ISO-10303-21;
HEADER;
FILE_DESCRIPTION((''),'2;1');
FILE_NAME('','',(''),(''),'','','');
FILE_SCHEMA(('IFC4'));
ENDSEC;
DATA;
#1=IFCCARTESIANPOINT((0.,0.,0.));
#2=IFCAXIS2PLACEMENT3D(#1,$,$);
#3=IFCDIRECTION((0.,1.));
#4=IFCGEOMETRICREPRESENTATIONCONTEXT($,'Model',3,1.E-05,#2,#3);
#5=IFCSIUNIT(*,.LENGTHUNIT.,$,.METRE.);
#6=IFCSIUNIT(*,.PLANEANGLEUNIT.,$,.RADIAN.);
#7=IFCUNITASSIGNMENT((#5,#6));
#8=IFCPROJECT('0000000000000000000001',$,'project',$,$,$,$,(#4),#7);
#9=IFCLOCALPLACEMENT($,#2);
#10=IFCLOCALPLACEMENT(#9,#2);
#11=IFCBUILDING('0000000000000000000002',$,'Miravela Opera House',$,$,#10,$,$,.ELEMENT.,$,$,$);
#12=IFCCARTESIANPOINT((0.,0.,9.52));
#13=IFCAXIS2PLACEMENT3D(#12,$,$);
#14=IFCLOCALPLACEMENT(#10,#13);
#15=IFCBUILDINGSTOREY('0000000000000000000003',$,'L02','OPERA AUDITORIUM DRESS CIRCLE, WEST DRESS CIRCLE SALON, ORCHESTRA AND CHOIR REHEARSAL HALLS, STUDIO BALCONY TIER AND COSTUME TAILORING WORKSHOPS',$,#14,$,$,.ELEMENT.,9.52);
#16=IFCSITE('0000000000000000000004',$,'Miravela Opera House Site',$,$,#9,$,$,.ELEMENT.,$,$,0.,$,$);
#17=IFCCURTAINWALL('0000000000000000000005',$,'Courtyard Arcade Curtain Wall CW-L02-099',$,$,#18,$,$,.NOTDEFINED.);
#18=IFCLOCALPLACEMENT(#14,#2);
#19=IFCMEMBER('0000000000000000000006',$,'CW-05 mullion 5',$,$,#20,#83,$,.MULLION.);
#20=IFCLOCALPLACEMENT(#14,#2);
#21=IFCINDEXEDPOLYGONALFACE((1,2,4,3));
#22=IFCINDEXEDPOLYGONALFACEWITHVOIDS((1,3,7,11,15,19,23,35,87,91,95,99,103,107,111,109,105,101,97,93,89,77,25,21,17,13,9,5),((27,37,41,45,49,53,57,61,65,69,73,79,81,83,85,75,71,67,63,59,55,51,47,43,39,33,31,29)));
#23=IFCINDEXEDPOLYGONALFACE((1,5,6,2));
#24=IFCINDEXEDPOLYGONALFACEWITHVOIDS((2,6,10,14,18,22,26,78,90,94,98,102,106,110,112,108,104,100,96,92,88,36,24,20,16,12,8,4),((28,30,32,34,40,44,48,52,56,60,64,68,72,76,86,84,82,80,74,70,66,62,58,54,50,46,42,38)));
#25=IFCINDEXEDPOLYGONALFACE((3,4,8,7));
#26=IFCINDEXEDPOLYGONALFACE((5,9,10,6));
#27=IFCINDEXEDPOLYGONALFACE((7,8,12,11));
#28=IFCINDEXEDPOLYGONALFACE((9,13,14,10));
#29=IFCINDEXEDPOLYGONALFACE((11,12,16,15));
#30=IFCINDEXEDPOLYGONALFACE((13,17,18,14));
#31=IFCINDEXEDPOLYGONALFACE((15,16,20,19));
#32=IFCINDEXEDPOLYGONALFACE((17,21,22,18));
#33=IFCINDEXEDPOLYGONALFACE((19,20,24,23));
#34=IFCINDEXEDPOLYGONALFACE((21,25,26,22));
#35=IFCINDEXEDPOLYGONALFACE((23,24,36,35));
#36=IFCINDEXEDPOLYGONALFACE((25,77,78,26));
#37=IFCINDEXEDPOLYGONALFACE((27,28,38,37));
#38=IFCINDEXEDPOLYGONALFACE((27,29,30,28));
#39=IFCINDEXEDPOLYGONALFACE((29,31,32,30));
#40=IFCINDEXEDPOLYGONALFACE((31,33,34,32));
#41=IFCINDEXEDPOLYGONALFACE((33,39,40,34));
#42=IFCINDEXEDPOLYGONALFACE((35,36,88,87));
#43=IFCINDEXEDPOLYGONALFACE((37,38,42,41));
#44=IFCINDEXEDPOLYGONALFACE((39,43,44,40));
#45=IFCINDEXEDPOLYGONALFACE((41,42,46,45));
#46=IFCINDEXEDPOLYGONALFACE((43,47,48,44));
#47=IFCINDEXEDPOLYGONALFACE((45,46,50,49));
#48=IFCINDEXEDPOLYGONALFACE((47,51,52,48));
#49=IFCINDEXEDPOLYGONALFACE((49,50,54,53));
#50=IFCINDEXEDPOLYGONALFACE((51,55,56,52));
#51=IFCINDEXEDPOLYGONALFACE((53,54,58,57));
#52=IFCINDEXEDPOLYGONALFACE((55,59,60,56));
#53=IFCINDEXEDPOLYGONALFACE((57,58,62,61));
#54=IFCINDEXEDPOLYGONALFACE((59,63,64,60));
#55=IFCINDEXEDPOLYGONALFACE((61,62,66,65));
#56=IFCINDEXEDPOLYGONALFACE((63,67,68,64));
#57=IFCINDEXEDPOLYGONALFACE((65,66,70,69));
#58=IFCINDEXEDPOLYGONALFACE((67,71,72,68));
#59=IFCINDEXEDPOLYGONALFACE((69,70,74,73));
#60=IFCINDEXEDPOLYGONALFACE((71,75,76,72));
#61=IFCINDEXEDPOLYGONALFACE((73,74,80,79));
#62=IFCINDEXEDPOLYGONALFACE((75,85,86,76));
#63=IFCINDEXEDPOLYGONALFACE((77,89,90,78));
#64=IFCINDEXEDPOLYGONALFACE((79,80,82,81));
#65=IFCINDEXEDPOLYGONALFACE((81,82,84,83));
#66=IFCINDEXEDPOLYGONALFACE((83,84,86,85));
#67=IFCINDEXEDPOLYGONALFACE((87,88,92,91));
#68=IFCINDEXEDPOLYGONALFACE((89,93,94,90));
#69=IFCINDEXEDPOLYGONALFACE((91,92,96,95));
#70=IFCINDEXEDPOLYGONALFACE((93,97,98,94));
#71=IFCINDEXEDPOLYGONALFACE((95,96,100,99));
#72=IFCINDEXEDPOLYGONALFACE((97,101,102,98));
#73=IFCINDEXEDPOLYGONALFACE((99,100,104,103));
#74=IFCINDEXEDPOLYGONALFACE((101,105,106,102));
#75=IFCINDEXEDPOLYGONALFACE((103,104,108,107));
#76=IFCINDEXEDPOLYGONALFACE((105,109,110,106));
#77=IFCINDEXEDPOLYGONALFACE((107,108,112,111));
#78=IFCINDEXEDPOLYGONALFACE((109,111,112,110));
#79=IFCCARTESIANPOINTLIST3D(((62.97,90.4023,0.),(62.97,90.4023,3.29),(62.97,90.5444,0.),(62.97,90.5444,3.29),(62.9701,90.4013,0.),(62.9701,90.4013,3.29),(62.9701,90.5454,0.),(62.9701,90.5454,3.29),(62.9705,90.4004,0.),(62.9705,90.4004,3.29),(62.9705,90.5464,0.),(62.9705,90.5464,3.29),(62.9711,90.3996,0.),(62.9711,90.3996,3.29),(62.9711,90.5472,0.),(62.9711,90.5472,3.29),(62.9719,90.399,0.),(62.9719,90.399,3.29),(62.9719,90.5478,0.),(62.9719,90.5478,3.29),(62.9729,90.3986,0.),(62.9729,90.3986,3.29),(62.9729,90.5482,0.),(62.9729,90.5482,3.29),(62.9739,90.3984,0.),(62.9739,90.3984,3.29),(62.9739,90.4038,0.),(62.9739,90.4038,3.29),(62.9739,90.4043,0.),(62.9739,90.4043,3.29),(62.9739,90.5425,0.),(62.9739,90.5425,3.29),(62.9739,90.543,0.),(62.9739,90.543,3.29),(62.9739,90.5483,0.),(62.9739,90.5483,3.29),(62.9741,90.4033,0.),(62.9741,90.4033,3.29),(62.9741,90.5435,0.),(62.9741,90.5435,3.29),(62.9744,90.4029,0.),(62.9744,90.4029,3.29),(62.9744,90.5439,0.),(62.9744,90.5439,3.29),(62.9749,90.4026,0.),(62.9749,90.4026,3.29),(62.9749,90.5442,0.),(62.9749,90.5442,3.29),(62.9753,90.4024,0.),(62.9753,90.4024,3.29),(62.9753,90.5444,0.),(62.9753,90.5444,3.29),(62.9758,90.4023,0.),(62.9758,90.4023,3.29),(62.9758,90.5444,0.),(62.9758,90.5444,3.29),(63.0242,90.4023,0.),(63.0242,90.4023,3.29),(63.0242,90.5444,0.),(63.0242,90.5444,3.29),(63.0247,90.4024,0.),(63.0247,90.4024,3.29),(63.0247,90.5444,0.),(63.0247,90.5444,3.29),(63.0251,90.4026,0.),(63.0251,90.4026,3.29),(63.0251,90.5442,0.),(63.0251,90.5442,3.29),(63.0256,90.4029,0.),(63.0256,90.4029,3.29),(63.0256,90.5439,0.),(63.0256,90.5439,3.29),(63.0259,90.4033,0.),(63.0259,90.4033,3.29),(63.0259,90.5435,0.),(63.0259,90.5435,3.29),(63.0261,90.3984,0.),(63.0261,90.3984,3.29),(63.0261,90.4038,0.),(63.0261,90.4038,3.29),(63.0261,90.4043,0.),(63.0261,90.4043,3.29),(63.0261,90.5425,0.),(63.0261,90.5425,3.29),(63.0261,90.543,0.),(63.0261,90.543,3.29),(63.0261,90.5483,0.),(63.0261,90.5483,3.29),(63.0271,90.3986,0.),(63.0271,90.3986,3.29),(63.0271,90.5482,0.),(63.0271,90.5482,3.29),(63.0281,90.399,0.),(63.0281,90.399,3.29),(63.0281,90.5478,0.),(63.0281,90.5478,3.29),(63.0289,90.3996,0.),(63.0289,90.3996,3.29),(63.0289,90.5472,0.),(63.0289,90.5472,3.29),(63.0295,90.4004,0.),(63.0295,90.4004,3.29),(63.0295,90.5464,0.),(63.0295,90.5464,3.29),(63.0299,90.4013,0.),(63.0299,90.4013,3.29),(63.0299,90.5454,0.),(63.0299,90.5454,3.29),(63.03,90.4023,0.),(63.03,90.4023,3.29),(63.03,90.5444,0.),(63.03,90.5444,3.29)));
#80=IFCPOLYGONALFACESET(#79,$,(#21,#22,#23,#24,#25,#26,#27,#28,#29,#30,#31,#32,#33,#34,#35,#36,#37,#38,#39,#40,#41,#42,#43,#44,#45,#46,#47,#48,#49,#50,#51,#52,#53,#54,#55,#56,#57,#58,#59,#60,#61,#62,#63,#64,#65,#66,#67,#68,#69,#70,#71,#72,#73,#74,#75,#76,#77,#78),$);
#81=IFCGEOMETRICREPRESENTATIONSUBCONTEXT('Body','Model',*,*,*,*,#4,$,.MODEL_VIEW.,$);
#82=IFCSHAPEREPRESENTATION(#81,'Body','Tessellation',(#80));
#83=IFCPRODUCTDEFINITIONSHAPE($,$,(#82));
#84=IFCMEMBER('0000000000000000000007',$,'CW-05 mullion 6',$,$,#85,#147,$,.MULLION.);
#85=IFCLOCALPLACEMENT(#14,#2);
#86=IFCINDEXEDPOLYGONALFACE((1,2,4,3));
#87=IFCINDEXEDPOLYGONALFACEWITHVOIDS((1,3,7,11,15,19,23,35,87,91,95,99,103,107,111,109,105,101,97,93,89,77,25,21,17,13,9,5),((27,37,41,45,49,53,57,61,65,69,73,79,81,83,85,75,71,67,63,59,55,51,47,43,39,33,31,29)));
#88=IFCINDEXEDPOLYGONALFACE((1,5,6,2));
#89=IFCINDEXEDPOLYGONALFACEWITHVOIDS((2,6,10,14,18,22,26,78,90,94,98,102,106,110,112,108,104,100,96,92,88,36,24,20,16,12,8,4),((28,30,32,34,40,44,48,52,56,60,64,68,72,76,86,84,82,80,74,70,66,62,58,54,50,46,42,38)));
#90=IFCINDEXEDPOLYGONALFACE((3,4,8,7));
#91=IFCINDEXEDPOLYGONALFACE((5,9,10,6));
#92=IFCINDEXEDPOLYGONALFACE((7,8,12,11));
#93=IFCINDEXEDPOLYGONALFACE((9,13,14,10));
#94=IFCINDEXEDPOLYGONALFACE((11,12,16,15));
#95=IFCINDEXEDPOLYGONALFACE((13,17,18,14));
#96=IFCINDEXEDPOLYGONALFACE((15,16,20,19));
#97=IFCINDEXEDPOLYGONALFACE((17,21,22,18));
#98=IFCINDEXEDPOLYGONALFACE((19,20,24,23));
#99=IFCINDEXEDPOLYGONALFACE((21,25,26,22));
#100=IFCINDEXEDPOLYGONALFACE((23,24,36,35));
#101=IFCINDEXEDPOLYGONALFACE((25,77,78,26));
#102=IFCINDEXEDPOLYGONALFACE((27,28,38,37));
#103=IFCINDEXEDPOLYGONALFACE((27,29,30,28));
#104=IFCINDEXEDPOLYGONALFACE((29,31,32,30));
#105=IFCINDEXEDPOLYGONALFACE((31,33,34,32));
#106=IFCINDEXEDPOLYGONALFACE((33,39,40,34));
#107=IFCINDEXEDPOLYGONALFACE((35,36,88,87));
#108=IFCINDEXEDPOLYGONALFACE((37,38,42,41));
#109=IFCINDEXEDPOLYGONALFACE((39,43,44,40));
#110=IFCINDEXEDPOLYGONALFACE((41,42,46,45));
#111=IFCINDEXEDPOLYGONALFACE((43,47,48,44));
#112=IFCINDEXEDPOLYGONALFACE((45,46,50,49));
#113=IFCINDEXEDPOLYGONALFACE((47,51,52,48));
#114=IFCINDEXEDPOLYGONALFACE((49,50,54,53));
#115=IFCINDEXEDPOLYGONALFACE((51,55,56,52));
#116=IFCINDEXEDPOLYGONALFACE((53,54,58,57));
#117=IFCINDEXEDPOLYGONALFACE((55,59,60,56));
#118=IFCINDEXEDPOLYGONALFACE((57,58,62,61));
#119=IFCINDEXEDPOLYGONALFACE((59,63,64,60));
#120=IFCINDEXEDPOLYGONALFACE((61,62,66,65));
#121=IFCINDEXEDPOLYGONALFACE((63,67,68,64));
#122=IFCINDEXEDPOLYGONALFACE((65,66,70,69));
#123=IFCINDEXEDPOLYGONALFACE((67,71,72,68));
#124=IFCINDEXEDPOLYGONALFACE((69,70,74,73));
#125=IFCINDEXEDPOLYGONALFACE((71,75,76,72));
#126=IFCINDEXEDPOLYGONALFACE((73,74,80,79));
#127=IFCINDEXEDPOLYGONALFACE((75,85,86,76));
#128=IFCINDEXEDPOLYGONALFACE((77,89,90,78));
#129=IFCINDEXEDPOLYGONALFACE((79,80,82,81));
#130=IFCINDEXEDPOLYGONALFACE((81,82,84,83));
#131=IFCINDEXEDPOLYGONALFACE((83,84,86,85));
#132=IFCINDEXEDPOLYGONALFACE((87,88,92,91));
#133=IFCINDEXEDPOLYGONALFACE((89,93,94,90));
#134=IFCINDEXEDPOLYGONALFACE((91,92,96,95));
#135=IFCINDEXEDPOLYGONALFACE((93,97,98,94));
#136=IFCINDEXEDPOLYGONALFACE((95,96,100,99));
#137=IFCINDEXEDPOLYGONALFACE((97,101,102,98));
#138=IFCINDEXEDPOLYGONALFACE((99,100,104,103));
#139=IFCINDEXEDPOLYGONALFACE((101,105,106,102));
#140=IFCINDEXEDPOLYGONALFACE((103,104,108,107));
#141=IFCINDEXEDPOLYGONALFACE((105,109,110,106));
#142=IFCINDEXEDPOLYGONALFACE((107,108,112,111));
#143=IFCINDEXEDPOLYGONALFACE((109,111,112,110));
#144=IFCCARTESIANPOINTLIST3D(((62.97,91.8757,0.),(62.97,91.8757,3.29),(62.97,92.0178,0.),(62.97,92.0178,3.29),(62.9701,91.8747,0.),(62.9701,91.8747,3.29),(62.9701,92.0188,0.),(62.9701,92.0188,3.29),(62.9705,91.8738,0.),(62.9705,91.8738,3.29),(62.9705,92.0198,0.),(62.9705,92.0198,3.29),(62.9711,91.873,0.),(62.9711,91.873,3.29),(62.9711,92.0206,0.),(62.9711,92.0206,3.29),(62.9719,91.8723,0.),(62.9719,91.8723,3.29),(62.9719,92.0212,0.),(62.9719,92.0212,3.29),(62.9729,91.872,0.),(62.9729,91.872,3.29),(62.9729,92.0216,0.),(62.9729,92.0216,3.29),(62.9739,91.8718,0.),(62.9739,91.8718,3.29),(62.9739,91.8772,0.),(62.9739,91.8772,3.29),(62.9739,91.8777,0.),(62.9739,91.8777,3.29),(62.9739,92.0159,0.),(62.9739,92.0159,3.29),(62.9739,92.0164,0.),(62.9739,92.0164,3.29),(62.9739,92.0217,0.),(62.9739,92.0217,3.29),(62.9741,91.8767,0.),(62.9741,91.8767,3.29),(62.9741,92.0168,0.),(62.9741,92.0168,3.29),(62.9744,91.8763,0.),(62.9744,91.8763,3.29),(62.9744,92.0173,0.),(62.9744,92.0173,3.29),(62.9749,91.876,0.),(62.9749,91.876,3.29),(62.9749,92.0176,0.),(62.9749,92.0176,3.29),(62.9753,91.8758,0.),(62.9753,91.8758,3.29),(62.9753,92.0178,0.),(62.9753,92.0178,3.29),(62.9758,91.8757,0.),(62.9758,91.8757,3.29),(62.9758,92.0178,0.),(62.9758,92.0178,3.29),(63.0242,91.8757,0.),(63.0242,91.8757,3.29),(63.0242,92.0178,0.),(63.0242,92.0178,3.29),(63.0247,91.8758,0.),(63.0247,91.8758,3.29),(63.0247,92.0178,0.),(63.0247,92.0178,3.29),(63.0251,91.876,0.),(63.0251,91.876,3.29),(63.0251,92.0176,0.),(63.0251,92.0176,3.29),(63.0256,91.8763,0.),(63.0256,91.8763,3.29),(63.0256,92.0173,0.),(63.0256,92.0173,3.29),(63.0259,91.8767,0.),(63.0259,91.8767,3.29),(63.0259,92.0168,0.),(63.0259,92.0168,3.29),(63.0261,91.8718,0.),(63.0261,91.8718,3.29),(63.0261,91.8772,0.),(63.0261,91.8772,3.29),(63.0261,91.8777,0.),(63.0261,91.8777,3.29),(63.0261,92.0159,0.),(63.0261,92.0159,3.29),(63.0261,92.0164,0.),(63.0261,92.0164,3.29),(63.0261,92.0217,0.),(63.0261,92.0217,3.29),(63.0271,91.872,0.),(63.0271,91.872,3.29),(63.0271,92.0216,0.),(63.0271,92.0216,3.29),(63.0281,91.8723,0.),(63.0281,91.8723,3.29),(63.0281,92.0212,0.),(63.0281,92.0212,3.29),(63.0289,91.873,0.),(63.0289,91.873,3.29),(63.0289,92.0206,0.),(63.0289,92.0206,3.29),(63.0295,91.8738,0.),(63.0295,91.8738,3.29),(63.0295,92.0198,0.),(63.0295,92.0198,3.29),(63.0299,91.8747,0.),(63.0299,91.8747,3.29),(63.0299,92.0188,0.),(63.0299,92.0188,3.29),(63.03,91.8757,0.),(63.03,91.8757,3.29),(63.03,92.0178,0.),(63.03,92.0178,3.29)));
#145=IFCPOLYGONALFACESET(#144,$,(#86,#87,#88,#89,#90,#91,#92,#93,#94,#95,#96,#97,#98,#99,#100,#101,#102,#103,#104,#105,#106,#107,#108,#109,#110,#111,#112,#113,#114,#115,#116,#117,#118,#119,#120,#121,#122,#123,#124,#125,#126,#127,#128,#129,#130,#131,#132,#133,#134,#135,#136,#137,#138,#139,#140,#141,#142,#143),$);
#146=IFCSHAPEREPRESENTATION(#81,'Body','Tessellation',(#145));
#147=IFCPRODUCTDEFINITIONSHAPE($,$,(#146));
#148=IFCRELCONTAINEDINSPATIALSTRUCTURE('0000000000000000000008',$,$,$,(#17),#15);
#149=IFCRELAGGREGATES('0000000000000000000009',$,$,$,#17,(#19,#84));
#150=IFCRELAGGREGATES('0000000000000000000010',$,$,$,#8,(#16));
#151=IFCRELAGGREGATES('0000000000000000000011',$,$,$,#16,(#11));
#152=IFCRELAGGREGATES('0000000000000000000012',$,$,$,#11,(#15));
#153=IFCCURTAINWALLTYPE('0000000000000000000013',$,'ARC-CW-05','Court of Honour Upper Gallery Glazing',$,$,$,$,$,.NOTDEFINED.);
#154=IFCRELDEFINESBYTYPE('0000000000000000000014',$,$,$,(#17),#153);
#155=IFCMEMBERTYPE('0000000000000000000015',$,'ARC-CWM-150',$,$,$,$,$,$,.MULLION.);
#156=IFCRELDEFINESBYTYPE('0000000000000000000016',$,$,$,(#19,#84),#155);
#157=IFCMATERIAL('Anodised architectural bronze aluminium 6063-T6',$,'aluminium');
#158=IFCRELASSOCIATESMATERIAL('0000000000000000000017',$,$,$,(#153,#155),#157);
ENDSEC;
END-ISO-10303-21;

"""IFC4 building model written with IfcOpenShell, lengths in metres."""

from ifc_helpers import new_model, si_unit, direction, frame, origin, origin_2d, place, context, subcontext, project, spatial, hollow_rectangle, extrude, material, material_profile, profile_set, type_object, element, aggregate, save


model = new_model("IFC4")

# Units and contexts
model_context = context("Model", 3, precision=1e-05, world=origin(), true_north=direction((0.0, 1.0)))
body_context = subcontext(model_context, "Body", "Model", "MODEL_VIEW")
ifc_project = project(units=[si_unit("LENGTHUNIT", "METRE"), si_unit("PLANEANGLEUNIT", "RADIAN")], contexts=[model_context])

# Site, building, storey
site_placement = place(None, origin())
site = spatial("IfcSite", under=ifc_project, at=site_placement, Name="Miravela Opera House Site", CompositionType="ELEMENT", RefElevation=0.0)
building_placement = place(site_placement, origin())
building = spatial("IfcBuilding", under=site, at=building_placement, Name="Miravela Opera House", CompositionType="ELEMENT")
storey_placement = place(building_placement, frame((0.0, 0.0, 9.52)))
storey = spatial("IfcBuildingStorey", under=building, at=storey_placement, Name="L02", Description="OPERA AUDITORIUM DRESS CIRCLE, WEST DRESS CIRCLE SALON, ORCHESTRA AND CHOIR REHEARSAL HALLS, STUDIO BALCONY TIER AND COSTUME TAILORING WORKSHOPS", CompositionType="ELEMENT", Elevation=9.52)

# Curtain wall, members
ifc_material_1 = material(Name="Anodised architectural bronze aluminium 6063-T6", Category="aluminium")
curtain_wall_type = type_object("IfcCurtainWallType", Name="ARC-CW-05", Description="Court of Honour Upper Gallery Glazing", PredefinedType="NOTDEFINED", material=ifc_material_1)
curtain_wall_placement = place(storey_placement, origin())
curtain_wall = element("IfcCurtainWall", 1, at=curtain_wall_placement, inside=storey, type_object=curtain_wall_type, Name="Courtyard Arcade Curtain Wall CW-L02-099", PredefinedType="NOTDEFINED")
ifc_material_profile_1 = material_profile(ifc_material_1, hollow_rectangle(XDim=0.0601, YDim=0.1499, WallThickness=0.0039, InnerFilletRadius=0.002, OuterFilletRadius=0.0039, at=origin_2d()), Name="CWM-60X150")
ifc_profile_set_1 = profile_set([ifc_material_profile_1])
member_type_1 = type_object("IfcMemberType", Name="ARC-CWM-150", PredefinedType="MULLION", material=ifc_profile_set_1)
member_1_placement = place(storey_placement, frame((63.0, 90.4734, 0.0), z_axis=(0.0, 0.0, 1.0), x_axis=(-1.0, 0.0, 0.0)))
member_1 = element("IfcMember", 2, at=member_1_placement, type_object=member_type_1, Name="CW-05 mullion 5", PredefinedType="MULLION", context=body_context, shape_type="SweptSolid", body=[
    extrude(hollow_rectangle(XDim=0.0601, YDim=0.1499, WallThickness=0.0039, InnerFilletRadius=0.002, OuterFilletRadius=0.0039, at=origin_2d()), origin(), (0.0, 0.0, 1.0), 3.29),
])
member_2_placement = place(storey_placement, frame((63.0, 91.9468, 0.0), z_axis=(0.0, 0.0, 1.0), x_axis=(-1.0, 0.0, 0.0)))
member_2 = element("IfcMember", 3, at=member_2_placement, type_object=member_type_1, Name="CW-05 mullion 6", PredefinedType="MULLION", context=body_context, shape_type="SweptSolid", body=[
    extrude(hollow_rectangle(XDim=0.0601, YDim=0.1499, WallThickness=0.0039, InnerFilletRadius=0.002, OuterFilletRadius=0.0039, at=origin_2d()), origin(), (0.0, 0.0, 1.0), 3.29),
])

aggregate(curtain_wall, [member_1, member_2])

save(model, "model.ifc")
